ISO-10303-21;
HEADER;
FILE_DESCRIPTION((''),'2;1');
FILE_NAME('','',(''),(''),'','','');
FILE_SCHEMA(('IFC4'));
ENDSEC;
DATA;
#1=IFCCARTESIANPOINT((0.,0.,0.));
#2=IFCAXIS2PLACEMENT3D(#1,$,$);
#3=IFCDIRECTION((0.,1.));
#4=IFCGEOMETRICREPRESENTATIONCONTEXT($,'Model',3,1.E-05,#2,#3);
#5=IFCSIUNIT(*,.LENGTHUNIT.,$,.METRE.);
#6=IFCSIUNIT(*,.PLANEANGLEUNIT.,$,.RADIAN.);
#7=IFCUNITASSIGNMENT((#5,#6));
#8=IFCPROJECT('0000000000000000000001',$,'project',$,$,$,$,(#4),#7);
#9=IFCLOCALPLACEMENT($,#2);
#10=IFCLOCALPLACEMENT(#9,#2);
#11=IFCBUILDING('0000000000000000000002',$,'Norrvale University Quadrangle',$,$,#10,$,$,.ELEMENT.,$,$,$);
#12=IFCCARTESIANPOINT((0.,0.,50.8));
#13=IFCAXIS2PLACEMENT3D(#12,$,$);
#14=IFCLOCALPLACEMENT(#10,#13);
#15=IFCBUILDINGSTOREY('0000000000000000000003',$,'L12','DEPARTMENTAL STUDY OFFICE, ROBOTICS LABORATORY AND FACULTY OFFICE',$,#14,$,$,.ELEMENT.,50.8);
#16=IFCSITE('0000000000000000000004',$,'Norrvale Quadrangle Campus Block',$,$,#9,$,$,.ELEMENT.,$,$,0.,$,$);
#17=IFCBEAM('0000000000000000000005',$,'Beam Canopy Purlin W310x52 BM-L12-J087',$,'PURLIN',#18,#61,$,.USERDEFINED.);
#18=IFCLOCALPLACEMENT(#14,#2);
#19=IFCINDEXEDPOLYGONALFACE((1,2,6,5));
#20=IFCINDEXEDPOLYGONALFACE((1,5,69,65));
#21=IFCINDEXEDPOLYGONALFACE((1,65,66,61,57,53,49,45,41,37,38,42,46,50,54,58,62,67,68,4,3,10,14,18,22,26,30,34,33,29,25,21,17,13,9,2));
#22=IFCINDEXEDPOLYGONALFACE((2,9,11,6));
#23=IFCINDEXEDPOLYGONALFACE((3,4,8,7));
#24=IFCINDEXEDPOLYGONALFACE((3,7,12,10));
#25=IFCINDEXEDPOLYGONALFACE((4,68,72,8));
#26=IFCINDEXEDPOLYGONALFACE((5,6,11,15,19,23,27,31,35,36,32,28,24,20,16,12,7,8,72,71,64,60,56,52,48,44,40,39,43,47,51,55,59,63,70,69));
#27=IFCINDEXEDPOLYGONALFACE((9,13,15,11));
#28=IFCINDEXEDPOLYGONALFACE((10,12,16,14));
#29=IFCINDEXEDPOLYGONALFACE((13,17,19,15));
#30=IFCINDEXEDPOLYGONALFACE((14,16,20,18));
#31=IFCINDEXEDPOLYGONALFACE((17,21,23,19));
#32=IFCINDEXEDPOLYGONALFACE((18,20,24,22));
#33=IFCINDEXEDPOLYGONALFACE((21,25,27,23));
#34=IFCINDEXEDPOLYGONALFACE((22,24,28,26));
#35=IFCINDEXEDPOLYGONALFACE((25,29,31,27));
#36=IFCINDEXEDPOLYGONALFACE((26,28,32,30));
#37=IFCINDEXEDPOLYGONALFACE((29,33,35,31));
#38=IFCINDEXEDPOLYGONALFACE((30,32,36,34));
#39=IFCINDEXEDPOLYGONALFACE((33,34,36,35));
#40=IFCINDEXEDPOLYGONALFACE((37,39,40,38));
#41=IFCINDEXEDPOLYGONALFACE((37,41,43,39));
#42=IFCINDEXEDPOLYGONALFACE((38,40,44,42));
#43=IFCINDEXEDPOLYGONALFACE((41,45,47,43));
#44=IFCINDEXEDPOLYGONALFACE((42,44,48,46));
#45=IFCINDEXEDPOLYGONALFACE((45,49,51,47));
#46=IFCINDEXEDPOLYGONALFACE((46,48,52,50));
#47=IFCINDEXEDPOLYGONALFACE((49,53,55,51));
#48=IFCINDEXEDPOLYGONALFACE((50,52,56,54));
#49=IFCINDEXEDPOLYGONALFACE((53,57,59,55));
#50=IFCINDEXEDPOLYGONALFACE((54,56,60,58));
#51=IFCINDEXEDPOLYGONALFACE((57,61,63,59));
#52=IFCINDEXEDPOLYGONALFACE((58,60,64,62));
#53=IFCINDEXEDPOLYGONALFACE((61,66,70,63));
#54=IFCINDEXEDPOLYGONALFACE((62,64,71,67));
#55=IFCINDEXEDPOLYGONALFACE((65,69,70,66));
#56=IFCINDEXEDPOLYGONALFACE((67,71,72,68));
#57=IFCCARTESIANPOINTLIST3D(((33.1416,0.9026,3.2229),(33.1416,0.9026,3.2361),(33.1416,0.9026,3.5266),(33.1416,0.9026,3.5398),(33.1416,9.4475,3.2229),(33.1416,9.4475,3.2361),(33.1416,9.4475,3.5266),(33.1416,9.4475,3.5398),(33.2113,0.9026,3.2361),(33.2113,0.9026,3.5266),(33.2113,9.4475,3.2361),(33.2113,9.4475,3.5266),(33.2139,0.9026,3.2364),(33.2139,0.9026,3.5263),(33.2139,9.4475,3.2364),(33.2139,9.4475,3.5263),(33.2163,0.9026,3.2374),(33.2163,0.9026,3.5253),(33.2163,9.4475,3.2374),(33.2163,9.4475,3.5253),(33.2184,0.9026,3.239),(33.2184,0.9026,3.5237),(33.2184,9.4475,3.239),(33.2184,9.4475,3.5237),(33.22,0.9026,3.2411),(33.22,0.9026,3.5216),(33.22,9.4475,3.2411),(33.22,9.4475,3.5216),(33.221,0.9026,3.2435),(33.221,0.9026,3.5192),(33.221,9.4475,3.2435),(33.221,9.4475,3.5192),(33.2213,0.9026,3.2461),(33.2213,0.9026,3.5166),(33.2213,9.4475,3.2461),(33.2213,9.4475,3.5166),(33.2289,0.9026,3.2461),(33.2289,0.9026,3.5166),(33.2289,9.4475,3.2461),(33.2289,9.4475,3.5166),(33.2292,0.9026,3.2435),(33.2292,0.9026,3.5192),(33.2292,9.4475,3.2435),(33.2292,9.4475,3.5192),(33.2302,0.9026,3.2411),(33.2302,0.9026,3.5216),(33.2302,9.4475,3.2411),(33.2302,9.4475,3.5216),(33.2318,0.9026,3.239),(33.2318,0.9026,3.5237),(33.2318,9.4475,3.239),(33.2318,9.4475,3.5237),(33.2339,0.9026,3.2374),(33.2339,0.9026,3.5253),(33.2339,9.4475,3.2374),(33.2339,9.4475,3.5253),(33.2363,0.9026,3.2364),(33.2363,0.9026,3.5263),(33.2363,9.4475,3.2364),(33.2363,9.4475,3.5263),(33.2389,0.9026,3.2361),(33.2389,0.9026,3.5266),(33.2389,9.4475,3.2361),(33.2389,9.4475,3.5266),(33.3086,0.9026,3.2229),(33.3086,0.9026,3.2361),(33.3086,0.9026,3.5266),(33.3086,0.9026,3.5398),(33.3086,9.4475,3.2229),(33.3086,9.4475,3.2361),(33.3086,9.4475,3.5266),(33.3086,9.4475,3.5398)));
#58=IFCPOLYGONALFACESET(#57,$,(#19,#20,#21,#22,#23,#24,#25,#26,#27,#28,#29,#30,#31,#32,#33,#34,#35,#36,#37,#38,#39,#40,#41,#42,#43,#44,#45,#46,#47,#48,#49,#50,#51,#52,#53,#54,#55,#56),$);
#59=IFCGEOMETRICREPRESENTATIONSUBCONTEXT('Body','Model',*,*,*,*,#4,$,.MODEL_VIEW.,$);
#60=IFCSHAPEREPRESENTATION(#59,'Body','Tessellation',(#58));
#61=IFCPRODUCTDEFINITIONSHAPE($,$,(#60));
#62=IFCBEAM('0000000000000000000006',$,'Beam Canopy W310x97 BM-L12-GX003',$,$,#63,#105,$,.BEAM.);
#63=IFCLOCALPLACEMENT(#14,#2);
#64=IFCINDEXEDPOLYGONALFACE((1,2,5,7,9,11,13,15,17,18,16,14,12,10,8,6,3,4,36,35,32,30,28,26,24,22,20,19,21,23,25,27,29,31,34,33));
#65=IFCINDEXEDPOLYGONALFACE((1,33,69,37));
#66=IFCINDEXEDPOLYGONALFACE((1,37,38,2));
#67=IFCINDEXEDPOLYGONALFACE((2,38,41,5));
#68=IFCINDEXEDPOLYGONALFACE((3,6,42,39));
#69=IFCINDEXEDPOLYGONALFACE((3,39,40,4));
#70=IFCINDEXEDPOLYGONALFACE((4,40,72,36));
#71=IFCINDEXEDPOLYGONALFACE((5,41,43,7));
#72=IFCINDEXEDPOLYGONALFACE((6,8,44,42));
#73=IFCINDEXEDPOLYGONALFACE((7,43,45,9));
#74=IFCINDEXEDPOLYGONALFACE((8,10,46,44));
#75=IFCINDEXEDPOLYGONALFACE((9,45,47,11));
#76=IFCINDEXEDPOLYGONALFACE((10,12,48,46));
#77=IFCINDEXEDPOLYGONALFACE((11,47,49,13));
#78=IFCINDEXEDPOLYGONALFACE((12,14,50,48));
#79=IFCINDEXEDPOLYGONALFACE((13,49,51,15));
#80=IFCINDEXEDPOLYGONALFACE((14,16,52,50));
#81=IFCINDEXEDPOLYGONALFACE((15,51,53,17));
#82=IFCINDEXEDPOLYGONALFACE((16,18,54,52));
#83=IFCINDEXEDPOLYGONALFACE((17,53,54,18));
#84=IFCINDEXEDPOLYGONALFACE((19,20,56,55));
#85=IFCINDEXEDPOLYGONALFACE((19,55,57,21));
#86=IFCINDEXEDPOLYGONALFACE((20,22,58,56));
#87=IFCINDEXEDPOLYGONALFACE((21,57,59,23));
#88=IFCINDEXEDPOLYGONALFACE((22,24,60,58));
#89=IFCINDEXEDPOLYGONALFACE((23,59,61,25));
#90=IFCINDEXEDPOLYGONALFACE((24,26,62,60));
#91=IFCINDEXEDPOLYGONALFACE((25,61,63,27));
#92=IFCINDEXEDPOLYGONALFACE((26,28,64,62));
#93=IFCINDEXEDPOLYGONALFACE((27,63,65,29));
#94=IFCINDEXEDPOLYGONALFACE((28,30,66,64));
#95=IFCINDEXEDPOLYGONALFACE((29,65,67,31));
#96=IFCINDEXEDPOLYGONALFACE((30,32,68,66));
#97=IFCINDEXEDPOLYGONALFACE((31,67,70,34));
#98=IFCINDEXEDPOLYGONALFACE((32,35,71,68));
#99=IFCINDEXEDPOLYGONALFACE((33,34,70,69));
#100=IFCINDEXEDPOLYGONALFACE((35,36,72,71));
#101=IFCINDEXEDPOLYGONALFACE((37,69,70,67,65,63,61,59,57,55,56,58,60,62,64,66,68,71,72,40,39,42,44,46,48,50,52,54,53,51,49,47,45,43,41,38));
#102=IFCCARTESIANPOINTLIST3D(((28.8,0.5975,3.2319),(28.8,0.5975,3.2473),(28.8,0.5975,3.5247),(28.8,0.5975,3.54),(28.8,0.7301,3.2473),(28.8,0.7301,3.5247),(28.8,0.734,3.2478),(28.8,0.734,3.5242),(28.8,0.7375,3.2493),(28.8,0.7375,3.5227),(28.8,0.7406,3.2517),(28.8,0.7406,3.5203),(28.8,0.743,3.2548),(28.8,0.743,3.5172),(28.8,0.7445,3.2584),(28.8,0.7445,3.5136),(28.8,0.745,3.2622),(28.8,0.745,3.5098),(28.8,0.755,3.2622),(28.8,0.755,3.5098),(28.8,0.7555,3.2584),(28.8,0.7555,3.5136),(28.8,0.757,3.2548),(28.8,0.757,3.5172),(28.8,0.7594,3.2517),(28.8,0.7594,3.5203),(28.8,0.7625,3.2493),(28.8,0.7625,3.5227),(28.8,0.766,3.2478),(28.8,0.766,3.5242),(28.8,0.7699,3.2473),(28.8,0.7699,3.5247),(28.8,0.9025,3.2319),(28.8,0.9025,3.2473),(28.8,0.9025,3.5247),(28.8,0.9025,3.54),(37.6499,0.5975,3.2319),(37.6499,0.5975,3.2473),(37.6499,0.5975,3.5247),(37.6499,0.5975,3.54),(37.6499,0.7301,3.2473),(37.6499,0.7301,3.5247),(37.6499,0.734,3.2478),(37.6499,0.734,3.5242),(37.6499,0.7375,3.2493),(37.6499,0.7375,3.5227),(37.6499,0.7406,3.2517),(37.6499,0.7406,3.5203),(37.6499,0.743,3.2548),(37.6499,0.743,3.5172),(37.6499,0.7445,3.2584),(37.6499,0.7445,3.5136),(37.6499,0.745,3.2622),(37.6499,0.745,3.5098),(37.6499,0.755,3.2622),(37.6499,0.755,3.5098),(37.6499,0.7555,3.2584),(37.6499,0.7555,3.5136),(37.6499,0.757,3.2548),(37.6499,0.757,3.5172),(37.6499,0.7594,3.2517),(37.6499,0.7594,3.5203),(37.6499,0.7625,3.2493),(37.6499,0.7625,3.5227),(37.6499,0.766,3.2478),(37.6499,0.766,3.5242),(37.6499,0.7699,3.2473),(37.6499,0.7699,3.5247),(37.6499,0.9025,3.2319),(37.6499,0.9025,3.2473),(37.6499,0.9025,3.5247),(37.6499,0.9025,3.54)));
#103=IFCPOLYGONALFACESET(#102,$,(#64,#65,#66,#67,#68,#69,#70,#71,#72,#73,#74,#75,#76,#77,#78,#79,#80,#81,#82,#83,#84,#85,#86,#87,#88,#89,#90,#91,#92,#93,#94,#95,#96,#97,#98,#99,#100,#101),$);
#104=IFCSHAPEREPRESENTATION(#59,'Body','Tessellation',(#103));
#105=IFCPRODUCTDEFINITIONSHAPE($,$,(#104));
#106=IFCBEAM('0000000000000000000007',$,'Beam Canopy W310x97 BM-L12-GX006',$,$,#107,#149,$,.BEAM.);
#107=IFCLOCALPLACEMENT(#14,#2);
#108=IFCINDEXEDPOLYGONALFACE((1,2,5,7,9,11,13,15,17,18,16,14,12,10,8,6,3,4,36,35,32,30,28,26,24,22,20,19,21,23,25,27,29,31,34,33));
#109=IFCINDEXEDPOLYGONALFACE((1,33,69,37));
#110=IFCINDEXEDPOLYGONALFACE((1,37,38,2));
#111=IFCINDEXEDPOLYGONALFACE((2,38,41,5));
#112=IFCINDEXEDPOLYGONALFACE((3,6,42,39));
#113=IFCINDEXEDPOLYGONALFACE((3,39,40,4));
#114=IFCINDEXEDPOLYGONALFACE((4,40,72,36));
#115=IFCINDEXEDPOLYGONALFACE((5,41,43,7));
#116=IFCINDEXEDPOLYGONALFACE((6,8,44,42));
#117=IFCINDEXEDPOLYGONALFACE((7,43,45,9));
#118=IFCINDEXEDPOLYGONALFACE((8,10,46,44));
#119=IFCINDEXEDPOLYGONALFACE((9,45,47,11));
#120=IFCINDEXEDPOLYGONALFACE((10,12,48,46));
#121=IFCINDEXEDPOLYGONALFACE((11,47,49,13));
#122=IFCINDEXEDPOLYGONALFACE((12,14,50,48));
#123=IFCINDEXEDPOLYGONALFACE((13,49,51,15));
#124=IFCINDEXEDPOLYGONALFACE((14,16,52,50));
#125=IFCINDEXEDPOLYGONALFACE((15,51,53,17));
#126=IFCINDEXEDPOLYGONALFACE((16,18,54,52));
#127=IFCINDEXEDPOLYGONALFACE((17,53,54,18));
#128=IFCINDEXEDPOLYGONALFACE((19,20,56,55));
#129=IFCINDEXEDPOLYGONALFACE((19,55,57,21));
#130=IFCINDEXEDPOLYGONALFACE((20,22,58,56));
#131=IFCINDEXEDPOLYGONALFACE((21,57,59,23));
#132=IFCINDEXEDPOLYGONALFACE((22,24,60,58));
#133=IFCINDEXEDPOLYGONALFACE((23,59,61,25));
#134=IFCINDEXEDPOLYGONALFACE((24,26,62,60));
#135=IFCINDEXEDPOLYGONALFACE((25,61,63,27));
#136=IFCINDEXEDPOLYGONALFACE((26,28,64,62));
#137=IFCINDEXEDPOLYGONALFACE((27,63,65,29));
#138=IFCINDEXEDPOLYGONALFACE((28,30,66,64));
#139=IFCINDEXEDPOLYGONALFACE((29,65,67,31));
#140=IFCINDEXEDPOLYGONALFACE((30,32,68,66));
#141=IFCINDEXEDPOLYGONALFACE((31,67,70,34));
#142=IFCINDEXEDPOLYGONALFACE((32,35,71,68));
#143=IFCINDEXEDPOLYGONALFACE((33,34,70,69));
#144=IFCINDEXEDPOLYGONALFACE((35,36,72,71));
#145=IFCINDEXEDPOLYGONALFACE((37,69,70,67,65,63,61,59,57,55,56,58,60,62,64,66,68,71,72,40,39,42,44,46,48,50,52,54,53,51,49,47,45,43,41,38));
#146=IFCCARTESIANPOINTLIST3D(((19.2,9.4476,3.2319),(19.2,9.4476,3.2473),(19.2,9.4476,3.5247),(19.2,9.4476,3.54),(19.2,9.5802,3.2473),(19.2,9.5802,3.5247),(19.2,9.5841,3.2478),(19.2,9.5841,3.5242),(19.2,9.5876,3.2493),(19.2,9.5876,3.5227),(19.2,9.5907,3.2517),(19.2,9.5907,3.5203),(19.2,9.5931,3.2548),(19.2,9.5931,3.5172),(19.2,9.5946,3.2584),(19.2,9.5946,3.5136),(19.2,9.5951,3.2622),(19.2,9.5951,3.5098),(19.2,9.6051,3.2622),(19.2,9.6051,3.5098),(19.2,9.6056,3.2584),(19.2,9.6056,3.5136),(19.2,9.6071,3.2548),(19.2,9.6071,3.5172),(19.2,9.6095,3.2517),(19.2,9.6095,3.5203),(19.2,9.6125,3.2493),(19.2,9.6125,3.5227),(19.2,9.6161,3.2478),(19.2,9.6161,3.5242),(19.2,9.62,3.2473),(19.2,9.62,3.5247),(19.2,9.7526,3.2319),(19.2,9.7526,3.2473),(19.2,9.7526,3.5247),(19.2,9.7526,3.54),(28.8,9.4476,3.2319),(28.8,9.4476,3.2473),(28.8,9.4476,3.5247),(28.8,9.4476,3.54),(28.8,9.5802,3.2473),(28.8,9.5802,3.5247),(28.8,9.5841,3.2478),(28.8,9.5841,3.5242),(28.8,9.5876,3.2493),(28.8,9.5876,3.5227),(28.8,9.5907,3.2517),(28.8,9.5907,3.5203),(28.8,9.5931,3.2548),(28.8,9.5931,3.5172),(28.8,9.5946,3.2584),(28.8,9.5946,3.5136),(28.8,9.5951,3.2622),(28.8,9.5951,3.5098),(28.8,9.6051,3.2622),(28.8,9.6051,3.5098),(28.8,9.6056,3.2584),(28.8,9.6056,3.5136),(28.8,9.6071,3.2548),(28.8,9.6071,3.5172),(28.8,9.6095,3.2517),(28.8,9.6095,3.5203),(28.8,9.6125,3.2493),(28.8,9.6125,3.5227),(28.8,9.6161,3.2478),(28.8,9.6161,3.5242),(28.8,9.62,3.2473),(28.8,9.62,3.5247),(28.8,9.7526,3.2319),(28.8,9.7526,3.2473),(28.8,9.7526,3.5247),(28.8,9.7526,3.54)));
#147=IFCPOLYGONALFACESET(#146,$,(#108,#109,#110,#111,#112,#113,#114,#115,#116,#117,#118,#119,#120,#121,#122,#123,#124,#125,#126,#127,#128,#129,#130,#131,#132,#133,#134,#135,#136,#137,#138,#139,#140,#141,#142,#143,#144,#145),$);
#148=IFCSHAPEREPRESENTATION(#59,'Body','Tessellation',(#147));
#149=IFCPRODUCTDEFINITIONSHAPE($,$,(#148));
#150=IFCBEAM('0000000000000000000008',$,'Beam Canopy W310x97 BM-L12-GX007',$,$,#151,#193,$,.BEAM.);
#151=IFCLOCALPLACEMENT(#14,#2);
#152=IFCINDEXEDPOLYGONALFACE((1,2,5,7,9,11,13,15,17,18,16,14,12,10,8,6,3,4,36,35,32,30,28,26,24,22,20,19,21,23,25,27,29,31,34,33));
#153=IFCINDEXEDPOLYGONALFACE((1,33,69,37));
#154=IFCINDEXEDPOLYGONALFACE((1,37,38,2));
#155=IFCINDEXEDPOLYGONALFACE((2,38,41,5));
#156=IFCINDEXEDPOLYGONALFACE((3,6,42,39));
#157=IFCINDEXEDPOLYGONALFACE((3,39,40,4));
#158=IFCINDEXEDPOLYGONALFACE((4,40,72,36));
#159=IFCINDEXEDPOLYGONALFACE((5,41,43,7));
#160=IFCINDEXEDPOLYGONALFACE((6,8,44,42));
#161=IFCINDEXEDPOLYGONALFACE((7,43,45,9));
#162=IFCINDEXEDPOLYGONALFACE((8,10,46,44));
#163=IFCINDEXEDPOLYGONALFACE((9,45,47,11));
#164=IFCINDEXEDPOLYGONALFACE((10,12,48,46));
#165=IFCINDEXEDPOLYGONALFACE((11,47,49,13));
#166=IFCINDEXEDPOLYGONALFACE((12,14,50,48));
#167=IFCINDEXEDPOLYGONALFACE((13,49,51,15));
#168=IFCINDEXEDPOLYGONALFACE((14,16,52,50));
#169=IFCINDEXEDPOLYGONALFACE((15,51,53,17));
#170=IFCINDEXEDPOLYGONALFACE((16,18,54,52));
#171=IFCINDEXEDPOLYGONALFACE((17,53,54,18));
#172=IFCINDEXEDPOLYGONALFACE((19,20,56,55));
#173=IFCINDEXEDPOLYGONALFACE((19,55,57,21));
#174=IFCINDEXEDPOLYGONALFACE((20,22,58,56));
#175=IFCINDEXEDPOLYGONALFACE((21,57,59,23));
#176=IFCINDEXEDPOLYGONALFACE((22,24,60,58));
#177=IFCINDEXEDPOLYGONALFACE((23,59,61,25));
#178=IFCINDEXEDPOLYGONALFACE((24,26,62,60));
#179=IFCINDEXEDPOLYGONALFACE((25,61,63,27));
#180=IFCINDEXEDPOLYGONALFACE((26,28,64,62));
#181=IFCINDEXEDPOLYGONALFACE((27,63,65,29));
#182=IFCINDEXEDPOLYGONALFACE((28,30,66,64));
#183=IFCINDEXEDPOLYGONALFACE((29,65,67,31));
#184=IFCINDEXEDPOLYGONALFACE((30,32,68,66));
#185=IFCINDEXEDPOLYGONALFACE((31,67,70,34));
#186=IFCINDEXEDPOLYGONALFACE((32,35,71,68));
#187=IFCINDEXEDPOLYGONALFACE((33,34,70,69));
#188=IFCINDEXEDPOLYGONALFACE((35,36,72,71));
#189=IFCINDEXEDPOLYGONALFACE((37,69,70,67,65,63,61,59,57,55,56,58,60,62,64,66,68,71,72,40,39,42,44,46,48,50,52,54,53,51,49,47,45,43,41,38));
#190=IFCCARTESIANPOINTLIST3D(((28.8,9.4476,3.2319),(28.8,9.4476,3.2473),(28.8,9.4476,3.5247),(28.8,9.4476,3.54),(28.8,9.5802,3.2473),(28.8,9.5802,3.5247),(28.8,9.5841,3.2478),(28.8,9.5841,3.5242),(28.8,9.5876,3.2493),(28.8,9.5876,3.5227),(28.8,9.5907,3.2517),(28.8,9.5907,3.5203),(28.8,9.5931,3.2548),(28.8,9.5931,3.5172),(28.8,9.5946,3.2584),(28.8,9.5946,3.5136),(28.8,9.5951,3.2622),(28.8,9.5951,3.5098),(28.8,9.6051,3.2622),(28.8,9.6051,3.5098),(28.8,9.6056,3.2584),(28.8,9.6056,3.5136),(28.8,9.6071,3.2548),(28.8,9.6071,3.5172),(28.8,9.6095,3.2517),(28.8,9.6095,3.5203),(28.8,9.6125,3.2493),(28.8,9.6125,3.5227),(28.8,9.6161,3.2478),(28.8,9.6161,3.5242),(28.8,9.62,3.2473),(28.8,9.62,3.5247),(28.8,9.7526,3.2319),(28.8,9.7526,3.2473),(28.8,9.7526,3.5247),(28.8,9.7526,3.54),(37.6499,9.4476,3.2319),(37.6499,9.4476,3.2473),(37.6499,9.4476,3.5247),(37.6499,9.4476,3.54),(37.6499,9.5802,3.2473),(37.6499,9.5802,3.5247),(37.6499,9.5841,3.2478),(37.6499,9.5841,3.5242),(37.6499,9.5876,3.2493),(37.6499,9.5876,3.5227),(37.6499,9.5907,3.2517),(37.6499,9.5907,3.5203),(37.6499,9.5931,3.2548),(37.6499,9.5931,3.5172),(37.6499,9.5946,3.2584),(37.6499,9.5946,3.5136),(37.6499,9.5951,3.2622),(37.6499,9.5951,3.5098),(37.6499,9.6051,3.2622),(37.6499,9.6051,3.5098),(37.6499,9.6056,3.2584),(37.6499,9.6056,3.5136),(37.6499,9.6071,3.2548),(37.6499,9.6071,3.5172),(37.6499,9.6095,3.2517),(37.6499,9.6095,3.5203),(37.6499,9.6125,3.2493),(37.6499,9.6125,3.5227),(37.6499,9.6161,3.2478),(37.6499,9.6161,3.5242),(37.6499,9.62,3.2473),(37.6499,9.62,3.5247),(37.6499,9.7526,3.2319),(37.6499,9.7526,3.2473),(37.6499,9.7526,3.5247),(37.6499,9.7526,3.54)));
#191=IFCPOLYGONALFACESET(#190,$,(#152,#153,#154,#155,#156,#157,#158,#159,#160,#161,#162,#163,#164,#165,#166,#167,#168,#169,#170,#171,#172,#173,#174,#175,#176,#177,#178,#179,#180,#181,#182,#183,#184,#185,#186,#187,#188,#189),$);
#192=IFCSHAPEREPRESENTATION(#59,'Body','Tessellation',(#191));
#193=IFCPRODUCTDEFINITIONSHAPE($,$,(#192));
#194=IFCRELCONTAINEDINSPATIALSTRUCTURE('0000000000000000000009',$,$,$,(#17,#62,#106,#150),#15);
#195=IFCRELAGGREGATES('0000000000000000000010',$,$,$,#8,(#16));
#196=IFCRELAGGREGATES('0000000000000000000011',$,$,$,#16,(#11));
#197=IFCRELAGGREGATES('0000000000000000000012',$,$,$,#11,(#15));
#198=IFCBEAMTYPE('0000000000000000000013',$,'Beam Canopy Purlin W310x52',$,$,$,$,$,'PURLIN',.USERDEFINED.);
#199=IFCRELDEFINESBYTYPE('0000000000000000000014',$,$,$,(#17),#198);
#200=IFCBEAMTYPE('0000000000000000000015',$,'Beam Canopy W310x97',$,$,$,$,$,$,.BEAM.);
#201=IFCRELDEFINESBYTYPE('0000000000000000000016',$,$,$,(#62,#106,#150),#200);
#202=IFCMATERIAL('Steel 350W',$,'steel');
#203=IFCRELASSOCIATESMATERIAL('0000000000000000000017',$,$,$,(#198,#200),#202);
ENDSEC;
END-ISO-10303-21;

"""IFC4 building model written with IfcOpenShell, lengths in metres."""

from ifc_helpers import new_model, si_unit, direction, frame, origin, origin_2d, place, context, subcontext, project, spatial, i_section, extrude, material, material_profile, profile_set, type_object, element, save


model = new_model("IFC4")

# Units and contexts
model_context = context("Model", 3, precision=1e-05, world=origin(), true_north=direction((0.0, 1.0)))
body_context = subcontext(model_context, "Body", "Model", "MODEL_VIEW")
ifc_project = project(units=[si_unit("LENGTHUNIT", "METRE"), si_unit("PLANEANGLEUNIT", "RADIAN")], contexts=[model_context])

# Site, building, storey
site_placement = place(None, origin())
site = spatial("IfcSite", under=ifc_project, at=site_placement, Name="Norrvale Quadrangle Campus Block", CompositionType="ELEMENT", RefElevation=0.0)
building_placement = place(site_placement, origin())
building = spatial("IfcBuilding", under=site, at=building_placement, Name="Norrvale University Quadrangle", CompositionType="ELEMENT")
storey_placement = place(building_placement, frame((0.0, 0.0, 50.8)))
storey = spatial("IfcBuildingStorey", under=building, at=storey_placement, Name="L12", Description="DEPARTMENTAL STUDY OFFICE, ROBOTICS LABORATORY AND FACULTY OFFICE", CompositionType="ELEMENT", Elevation=50.8)

# Beams
ifc_material_1 = material(Name="Steel 350W", Category="steel")
ifc_material_profile_1 = material_profile(ifc_material_1, i_section(OverallWidth=0.167, OverallDepth=0.3169, WebThickness=0.0076, FlangeThickness=0.0132, FilletRadius=0.01, at=origin_2d()), Name="Steel 350W")
ifc_profile_set_1 = profile_set([ifc_material_profile_1], Name="Steel 350W")
beam_type_1 = type_object("IfcBeamType", Name="Beam Canopy Purlin W310x52", ElementType="PURLIN", PredefinedType="USERDEFINED", material=ifc_profile_set_1)
beam_1_placement = place(storey_placement, frame((33.2251, 0.9026, 3.3813), z_axis=(0.0, 1.0, 0.0), x_axis=(-1.0, 0.0, 0.0)))
element("IfcBeam", 1, at=beam_1_placement, inside=storey, type_object=beam_type_1, Name="Beam Canopy Purlin W310x52 BM-L12-J087", ObjectType="PURLIN", PredefinedType="USERDEFINED", context=body_context, shape_type="SweptSolid", body=[
    extrude(i_section(OverallWidth=0.167, OverallDepth=0.3169, WebThickness=0.0076, FlangeThickness=0.0132, FilletRadius=0.01, at=origin_2d()), origin(), (0.0, 0.0, 1.0), 8.5449),
])
ifc_material_profile_2 = material_profile(ifc_material_1, i_section(OverallWidth=0.3049, OverallDepth=0.3081, WebThickness=0.01, FlangeThickness=0.0154, FilletRadius=0.0149, at=origin_2d()), Name="Steel 350W")
ifc_profile_set_2 = profile_set([ifc_material_profile_2], Name="Steel 350W")
beam_type_2 = type_object("IfcBeamType", Name="Beam Canopy W310x97", PredefinedType="BEAM", material=ifc_profile_set_2)
beam_2_placement = place(storey_placement, frame((28.8, 0.75, 3.386), z_axis=(1.0, 0.0, 0.0), x_axis=(0.0, 1.0, 0.0)))
element("IfcBeam", 2, at=beam_2_placement, inside=storey, type_object=beam_type_2, Name="Beam Canopy W310x97 BM-L12-GX003", PredefinedType="BEAM", context=body_context, shape_type="SweptSolid", body=[
    extrude(i_section(OverallWidth=0.3049, OverallDepth=0.3081, WebThickness=0.01, FlangeThickness=0.0154, FilletRadius=0.0149, at=origin_2d()), origin(), (0.0, 0.0, 1.0), 8.8499),
])
beam_3_placement = place(storey_placement, frame((19.2, 9.6001, 3.386), z_axis=(1.0, 0.0, 0.0), x_axis=(0.0, 1.0, 0.0)))
element("IfcBeam", 3, at=beam_3_placement, inside=storey, type_object=beam_type_2, Name="Beam Canopy W310x97 BM-L12-GX006", PredefinedType="BEAM", context=body_context, shape_type="SweptSolid", body=[
    extrude(i_section(OverallWidth=0.3049, OverallDepth=0.3081, WebThickness=0.01, FlangeThickness=0.0154, FilletRadius=0.0149, at=origin_2d()), origin(), (0.0, 0.0, 1.0), 9.6001),
])
beam_4_placement = place(storey_placement, frame((28.8, 9.6001, 3.386), z_axis=(1.0, 0.0, 0.0), x_axis=(0.0, 1.0, 0.0)))
element("IfcBeam", 4, at=beam_4_placement, inside=storey, type_object=beam_type_2, Name="Beam Canopy W310x97 BM-L12-GX007", PredefinedType="BEAM", context=body_context, shape_type="SweptSolid", body=[
    extrude(i_section(OverallWidth=0.3049, OverallDepth=0.3081, WebThickness=0.01, FlangeThickness=0.0154, FilletRadius=0.0149, at=origin_2d()), origin(), (0.0, 0.0, 1.0), 8.8499),
])

save(model, "model.ifc")
